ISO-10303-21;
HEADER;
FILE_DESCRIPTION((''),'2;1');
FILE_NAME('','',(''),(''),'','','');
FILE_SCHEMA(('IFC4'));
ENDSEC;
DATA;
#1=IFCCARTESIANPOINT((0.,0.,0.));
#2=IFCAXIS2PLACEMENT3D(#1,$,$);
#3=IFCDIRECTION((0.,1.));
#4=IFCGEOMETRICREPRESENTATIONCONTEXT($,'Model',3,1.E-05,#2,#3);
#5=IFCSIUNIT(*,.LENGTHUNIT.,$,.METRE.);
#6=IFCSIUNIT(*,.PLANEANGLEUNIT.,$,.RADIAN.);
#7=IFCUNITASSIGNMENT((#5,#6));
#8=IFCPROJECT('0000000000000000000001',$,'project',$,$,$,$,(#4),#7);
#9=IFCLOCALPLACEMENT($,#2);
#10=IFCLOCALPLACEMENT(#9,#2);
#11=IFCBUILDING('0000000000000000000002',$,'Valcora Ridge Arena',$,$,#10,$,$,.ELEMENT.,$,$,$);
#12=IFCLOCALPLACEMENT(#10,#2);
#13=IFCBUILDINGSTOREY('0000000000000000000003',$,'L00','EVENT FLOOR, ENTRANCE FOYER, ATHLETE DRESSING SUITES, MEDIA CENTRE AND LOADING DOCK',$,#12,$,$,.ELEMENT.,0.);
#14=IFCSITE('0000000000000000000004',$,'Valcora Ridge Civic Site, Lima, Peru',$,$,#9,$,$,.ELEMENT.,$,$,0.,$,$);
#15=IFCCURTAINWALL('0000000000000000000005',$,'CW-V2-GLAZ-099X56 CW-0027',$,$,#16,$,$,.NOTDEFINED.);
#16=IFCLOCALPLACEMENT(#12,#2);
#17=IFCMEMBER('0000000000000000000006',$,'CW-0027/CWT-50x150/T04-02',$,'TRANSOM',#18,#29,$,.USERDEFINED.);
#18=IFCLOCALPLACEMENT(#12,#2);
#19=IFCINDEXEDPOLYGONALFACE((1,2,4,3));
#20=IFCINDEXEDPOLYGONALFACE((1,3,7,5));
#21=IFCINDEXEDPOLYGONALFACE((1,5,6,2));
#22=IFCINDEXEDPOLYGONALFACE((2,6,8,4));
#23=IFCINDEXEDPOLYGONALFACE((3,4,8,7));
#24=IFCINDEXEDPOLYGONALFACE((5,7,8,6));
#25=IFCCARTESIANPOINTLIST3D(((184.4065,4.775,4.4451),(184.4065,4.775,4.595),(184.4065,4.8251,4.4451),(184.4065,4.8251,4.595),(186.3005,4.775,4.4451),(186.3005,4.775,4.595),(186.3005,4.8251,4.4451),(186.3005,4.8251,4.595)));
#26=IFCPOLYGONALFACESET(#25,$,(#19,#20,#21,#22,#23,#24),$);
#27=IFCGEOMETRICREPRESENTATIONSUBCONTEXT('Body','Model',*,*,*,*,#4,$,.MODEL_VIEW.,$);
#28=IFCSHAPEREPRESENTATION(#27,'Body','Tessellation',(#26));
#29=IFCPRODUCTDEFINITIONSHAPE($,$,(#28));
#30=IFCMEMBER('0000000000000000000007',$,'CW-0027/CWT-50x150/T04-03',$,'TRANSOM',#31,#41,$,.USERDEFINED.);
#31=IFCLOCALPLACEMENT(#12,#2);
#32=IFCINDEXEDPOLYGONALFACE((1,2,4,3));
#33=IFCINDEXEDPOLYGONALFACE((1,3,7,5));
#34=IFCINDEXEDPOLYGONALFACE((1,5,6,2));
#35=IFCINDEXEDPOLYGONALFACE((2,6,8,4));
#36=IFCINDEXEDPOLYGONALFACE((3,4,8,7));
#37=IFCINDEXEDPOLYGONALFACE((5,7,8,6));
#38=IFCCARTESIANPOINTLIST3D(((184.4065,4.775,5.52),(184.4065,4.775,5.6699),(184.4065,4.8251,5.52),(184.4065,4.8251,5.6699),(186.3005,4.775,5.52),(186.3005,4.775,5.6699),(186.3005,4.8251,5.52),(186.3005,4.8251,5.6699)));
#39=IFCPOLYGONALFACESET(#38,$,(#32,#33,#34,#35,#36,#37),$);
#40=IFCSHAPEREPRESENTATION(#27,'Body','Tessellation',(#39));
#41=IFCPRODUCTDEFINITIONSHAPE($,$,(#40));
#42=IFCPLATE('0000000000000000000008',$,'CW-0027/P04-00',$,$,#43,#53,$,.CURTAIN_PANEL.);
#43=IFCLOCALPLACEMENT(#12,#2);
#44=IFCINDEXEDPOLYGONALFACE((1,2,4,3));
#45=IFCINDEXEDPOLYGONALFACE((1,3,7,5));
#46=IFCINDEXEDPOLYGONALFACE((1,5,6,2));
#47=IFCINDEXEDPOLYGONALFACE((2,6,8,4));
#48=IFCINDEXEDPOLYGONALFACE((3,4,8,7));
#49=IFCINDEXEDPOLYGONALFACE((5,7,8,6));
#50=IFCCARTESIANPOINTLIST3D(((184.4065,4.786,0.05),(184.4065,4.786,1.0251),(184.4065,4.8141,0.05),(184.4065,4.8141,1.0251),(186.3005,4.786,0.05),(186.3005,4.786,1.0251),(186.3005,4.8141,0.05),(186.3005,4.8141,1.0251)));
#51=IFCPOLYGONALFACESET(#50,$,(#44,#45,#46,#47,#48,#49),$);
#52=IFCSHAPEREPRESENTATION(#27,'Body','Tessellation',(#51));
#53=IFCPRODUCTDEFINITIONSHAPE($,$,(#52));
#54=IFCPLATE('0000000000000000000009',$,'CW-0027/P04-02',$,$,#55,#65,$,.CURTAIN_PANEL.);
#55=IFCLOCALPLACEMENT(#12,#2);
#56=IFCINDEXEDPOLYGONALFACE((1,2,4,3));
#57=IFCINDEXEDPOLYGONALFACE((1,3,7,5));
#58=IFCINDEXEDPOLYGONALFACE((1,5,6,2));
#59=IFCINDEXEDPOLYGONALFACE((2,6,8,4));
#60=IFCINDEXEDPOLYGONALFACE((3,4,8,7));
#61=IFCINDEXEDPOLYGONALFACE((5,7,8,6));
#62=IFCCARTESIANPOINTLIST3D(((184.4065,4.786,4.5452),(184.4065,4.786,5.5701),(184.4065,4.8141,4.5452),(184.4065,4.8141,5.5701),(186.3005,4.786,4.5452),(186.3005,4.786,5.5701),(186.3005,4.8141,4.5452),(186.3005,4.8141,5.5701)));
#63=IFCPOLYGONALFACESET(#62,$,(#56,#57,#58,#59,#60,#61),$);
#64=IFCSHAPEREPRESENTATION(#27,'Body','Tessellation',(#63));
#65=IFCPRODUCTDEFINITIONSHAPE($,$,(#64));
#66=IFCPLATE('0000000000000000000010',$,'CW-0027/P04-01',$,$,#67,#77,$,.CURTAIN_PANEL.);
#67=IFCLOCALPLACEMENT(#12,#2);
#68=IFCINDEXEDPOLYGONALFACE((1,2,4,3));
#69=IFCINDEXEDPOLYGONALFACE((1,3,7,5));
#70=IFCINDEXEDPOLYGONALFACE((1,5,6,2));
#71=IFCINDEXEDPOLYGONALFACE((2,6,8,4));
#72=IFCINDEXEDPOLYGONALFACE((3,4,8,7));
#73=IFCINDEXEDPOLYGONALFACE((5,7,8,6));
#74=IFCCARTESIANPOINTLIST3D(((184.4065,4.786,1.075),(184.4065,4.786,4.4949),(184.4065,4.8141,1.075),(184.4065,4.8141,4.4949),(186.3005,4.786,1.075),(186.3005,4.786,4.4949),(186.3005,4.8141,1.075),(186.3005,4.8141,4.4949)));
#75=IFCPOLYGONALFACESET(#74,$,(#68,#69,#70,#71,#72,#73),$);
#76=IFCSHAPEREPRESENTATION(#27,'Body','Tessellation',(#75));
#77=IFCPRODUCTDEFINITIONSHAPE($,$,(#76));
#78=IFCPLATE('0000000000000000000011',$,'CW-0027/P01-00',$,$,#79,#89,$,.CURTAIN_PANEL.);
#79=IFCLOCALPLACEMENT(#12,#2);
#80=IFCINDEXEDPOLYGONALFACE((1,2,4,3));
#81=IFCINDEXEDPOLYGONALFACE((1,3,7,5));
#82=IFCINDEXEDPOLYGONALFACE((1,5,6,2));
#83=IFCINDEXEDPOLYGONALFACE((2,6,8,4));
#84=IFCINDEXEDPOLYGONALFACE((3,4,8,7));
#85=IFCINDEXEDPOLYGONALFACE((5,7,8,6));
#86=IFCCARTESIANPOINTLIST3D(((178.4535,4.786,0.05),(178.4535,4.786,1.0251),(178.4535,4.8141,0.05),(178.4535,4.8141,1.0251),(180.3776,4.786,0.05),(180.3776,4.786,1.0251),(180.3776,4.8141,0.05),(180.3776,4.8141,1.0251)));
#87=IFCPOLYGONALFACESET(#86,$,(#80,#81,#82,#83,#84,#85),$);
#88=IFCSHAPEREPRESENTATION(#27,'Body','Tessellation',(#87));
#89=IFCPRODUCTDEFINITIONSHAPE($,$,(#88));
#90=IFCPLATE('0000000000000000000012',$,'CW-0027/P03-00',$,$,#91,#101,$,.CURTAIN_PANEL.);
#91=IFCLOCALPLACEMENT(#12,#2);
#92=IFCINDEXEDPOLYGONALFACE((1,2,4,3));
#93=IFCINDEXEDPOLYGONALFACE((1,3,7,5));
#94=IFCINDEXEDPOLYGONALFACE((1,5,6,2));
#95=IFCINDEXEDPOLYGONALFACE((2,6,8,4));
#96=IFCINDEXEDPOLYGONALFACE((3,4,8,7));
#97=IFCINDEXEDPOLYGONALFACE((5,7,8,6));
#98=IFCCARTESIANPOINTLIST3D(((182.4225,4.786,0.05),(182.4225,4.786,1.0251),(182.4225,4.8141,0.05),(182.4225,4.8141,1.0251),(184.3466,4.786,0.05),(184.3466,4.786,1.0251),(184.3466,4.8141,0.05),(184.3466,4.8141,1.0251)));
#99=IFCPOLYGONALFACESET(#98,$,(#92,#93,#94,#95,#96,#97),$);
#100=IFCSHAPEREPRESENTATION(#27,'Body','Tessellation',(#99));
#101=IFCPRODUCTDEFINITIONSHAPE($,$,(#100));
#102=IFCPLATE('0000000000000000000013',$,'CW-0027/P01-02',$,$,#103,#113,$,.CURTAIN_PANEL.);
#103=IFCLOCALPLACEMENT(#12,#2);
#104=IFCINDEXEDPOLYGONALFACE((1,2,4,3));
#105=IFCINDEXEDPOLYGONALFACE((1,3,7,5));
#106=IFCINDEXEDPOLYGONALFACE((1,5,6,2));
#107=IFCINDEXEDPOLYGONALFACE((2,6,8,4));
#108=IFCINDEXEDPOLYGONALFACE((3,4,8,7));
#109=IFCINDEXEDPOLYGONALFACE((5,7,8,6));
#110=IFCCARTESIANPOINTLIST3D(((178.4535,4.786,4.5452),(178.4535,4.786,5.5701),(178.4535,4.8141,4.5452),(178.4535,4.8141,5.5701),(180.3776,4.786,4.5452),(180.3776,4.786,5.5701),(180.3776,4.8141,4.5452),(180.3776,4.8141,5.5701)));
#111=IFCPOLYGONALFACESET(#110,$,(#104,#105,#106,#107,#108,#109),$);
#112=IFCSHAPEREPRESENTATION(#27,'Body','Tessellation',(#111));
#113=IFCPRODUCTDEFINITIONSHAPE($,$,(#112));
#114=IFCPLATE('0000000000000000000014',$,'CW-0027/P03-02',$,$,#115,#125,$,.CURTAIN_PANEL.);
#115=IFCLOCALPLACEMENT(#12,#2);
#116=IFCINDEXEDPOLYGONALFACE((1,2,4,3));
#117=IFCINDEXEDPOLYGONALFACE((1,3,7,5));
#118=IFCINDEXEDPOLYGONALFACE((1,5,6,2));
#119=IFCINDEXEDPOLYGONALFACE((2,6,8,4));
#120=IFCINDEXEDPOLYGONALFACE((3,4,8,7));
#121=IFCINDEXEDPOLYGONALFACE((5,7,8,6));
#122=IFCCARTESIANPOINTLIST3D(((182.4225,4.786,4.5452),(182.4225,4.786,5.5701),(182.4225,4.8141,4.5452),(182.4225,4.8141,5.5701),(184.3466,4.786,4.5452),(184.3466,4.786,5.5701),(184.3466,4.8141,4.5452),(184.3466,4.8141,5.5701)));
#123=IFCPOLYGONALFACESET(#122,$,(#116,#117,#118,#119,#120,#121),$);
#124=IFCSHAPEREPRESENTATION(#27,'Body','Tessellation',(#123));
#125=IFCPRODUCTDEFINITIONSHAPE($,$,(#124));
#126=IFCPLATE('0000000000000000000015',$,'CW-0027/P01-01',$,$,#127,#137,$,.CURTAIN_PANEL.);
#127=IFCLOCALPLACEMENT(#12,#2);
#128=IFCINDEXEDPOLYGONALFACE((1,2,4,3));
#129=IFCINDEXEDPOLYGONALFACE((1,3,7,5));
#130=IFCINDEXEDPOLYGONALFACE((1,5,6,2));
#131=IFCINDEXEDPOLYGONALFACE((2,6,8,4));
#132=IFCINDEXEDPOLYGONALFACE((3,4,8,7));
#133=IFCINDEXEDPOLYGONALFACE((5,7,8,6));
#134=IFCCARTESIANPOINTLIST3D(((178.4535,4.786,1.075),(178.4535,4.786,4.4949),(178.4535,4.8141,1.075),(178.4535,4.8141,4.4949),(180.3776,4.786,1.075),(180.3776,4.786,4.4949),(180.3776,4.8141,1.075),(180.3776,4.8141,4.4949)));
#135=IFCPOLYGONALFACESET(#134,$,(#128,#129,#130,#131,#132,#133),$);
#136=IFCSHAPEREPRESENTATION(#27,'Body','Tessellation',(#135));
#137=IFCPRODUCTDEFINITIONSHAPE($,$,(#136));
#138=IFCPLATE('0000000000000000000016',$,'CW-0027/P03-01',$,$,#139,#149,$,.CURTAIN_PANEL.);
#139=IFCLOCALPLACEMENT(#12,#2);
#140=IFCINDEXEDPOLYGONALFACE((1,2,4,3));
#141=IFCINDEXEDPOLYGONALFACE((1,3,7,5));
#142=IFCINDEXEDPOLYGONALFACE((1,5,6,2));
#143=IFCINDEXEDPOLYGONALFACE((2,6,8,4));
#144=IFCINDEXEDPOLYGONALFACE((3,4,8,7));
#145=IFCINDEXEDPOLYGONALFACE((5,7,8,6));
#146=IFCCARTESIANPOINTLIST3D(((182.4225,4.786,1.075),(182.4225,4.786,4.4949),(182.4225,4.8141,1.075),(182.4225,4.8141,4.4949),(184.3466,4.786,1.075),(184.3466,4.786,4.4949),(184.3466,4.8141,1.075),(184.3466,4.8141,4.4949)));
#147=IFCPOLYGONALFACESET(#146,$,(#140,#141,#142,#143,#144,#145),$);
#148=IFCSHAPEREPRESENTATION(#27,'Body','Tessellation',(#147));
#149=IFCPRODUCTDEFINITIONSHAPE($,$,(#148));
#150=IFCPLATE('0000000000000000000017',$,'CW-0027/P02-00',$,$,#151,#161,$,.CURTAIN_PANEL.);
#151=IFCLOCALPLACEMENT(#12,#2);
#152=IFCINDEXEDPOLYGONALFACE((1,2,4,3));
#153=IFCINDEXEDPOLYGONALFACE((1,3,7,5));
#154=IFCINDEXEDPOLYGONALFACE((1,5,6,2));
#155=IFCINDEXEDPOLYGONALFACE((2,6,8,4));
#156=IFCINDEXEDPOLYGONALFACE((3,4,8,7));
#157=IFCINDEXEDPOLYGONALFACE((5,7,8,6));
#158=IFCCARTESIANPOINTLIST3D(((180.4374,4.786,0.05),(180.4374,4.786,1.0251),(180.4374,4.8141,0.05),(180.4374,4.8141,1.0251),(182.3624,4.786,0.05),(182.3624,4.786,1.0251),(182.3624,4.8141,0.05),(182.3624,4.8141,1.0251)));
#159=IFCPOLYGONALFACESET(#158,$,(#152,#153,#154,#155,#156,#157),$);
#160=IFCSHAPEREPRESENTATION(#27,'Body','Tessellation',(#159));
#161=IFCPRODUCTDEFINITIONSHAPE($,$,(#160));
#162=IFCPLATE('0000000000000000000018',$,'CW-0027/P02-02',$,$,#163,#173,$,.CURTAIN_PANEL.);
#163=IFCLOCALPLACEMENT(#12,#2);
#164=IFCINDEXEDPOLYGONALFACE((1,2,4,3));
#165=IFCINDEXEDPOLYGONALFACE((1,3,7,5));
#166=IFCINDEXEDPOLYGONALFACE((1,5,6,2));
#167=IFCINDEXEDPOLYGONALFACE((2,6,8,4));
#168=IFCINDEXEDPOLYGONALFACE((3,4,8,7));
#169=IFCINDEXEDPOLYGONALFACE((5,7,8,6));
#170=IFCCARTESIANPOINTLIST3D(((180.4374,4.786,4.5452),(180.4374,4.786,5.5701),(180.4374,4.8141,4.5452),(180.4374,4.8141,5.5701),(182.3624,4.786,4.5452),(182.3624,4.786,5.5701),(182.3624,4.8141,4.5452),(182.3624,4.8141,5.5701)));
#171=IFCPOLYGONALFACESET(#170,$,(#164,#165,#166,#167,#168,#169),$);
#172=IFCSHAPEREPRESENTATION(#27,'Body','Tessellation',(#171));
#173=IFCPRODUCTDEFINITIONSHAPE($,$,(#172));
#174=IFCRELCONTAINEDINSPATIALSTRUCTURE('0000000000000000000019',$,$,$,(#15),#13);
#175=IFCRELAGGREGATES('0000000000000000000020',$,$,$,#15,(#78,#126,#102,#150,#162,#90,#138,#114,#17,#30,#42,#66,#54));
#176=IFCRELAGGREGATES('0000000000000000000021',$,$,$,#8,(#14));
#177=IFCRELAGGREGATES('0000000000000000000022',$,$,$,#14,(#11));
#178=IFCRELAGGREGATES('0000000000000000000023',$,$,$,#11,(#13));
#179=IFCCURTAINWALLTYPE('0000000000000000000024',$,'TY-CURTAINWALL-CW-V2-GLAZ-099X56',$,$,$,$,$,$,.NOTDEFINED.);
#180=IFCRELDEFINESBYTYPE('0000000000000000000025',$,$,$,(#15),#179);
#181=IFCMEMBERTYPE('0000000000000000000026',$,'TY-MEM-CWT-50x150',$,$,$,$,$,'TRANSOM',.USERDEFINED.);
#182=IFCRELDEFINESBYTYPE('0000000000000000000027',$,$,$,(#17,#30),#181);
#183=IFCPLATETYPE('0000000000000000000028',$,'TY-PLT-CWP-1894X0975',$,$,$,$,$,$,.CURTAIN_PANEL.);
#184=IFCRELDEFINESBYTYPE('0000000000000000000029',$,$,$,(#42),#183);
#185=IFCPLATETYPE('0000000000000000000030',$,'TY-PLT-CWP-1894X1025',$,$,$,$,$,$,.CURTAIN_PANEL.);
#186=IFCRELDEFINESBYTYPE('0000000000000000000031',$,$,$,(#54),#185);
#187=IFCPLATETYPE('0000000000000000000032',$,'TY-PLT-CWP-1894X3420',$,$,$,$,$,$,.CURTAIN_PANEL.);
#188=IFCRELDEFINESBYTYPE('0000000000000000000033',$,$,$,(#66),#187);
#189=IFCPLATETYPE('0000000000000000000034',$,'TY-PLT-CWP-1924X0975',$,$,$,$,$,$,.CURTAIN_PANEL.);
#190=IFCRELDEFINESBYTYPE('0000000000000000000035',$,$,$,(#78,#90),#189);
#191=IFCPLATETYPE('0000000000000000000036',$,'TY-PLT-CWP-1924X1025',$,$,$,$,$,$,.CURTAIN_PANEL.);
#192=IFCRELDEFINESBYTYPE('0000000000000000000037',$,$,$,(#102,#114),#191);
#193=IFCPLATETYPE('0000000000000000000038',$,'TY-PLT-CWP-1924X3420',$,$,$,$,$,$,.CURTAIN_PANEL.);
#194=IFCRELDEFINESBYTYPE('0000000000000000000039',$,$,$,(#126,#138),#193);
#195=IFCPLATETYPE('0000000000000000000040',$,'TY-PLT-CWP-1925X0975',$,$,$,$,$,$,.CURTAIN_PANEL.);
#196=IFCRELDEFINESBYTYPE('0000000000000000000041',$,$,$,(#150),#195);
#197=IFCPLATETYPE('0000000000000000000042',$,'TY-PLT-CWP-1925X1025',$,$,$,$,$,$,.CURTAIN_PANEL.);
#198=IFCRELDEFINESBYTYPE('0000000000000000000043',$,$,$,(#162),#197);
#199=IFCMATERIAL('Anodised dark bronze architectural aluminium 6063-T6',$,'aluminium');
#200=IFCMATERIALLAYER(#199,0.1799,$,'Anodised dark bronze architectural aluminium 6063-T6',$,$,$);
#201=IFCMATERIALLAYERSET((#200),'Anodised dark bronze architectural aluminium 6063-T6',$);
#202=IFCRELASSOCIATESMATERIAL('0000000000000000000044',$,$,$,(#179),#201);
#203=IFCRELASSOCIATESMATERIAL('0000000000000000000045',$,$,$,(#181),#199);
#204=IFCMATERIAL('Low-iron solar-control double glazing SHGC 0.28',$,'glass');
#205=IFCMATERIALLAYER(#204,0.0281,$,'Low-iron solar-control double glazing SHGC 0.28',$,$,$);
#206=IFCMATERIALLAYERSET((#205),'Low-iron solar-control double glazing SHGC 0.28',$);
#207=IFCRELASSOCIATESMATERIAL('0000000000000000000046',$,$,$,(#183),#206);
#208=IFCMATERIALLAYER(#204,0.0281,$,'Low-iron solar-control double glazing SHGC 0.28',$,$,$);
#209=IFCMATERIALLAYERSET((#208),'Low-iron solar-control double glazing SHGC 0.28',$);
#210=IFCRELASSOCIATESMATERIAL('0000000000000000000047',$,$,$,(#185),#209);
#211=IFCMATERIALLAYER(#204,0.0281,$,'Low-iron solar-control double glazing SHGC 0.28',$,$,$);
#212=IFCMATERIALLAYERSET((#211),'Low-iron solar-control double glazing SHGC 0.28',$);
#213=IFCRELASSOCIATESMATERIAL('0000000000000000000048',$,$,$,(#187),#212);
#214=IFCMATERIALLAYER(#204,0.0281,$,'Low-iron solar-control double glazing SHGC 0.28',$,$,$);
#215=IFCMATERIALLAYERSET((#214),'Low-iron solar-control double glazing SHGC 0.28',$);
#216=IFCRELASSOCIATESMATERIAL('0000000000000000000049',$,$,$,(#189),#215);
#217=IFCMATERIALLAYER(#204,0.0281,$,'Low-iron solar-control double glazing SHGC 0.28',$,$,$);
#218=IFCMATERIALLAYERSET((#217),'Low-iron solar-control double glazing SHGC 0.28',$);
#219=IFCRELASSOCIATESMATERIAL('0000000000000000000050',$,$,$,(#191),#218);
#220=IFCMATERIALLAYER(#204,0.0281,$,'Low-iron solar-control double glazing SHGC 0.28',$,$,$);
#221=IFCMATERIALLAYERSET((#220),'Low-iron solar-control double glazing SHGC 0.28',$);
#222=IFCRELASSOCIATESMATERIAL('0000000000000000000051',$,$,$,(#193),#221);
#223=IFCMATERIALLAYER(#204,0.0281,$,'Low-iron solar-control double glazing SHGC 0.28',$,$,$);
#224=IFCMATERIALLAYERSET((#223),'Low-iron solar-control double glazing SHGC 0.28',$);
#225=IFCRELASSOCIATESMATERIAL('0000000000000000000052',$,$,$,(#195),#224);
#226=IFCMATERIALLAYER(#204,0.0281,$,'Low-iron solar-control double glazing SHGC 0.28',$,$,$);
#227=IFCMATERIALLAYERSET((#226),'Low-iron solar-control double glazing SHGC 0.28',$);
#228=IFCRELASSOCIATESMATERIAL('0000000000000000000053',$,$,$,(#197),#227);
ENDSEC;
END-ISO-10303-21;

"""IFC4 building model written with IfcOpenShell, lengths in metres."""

from ifc_helpers import new_model, si_unit, direction, frame, origin, origin_2d, place, context, subcontext, project, spatial, rectangle, extrude, material, layer, layer_set, material_profile, profile_set, type_object, element, aggregate, save


model = new_model("IFC4")

# Units and contexts
model_context = context("Model", 3, precision=1e-05, world=origin(), true_north=direction((0.0, 1.0)))
body_context = subcontext(model_context, "Body", "Model", "MODEL_VIEW")
ifc_project = project(units=[si_unit("LENGTHUNIT", "METRE"), si_unit("PLANEANGLEUNIT", "RADIAN")], contexts=[model_context])

# Site, building, storey
site_placement = place(None, origin())
site = spatial("IfcSite", under=ifc_project, at=site_placement, Name="Valcora Ridge Civic Site, Lima, Peru", CompositionType="ELEMENT", RefElevation=0.0)
building_placement = place(site_placement, origin())
building = spatial("IfcBuilding", under=site, at=building_placement, Name="Valcora Ridge Arena", CompositionType="ELEMENT")
storey_placement = place(building_placement, origin())
storey = spatial("IfcBuildingStorey", under=building, at=storey_placement, Name="L00", Description="EVENT FLOOR, ENTRANCE FOYER, ATHLETE DRESSING SUITES, MEDIA CENTRE AND LOADING DOCK", CompositionType="ELEMENT", Elevation=0.0)

# Curtain wall, members, plates
ifc_material_1 = material(Name="Anodised dark bronze architectural aluminium 6063-T6", Category="aluminium")
ifc_layer_1 = layer(ifc_material_1, 0.1799, Name="Anodised dark bronze architectural aluminium 6063-T6")
ifc_layer_set_1 = layer_set([ifc_layer_1], Name="Anodised dark bronze architectural aluminium 6063-T6")
curtain_wall_type = type_object("IfcCurtainWallType", Name="TY-CURTAINWALL-CW-V2-GLAZ-099X56", PredefinedType="NOTDEFINED", material=ifc_layer_set_1)
curtain_wall_placement = place(storey_placement, origin())
curtain_wall = element("IfcCurtainWall", 1, at=curtain_wall_placement, inside=storey, type_object=curtain_wall_type, Name="CW-V2-GLAZ-099X56 CW-0027", PredefinedType="NOTDEFINED")
ifc_material_profile_1 = material_profile(ifc_material_1, rectangle(XDim=0.05, YDim=0.1499, at=origin_2d()), Name="ALU TRANSOM 50x150")
ifc_profile_set_1 = profile_set([ifc_material_profile_1], Name="Anodised dark bronze architectural aluminium 6063-T6")
member_type_1 = type_object("IfcMemberType", Name="TY-MEM-CWT-50x150", ElementType="TRANSOM", PredefinedType="USERDEFINED", material=ifc_profile_set_1)
member_1_placement = place(storey_placement, frame((184.4065, 4.8, 4.52), z_axis=(1.0, 0.0, 0.0), x_axis=(0.0, 1.0, 0.0)))
member_1 = element("IfcMember", 2, at=member_1_placement, type_object=member_type_1, Name="CW-0027/CWT-50x150/T04-02", ObjectType="TRANSOM", PredefinedType="USERDEFINED", context=body_context, shape_type="SweptSolid", body=[
    extrude(rectangle(XDim=0.05, YDim=0.1499, at=origin_2d()), origin(), (0.0, 0.0, 1.0), 1.894),
])
member_2_placement = place(storey_placement, frame((184.4065, 4.8, 5.595), z_axis=(1.0, 0.0, 0.0), x_axis=(0.0, 1.0, 0.0)))
member_2 = element("IfcMember", 3, at=member_2_placement, type_object=member_type_1, Name="CW-0027/CWT-50x150/T04-03", ObjectType="TRANSOM", PredefinedType="USERDEFINED", context=body_context, shape_type="SweptSolid", body=[
    extrude(rectangle(XDim=0.05, YDim=0.1499, at=origin_2d()), origin(), (0.0, 0.0, 1.0), 1.894),
])
ifc_material_2 = material(Name="Low-iron solar-control double glazing SHGC 0.28", Category="glass")
ifc_layer_2 = layer(ifc_material_2, 0.0281, Name="Low-iron solar-control double glazing SHGC 0.28")
ifc_layer_set_2 = layer_set([ifc_layer_2], Name="Low-iron solar-control double glazing SHGC 0.28")
plate_type_1 = type_object("IfcPlateType", Name="TY-PLT-CWP-1894X0975", PredefinedType="CURTAIN_PANEL", material=ifc_layer_set_2)
plate_1_placement = place(storey_placement, frame((185.3535, 4.8, 0.05), z_axis=(0.0, 0.0, 1.0), x_axis=(1.0, 0.0, 0.0)))
plate_1 = element("IfcPlate", 4, at=plate_1_placement, type_object=plate_type_1, Name="CW-0027/P04-00", PredefinedType="CURTAIN_PANEL", context=body_context, shape_type="SweptSolid", body=[
    extrude(rectangle(XDim=1.894, YDim=0.0281, at=origin_2d()), origin(), (0.0, 0.0, 1.0), 0.9751),
])
ifc_layer_3 = layer(ifc_material_2, 0.0281, Name="Low-iron solar-control double glazing SHGC 0.28")
ifc_layer_set_3 = layer_set([ifc_layer_3], Name="Low-iron solar-control double glazing SHGC 0.28")
plate_type_2 = type_object("IfcPlateType", Name="TY-PLT-CWP-1894X1025", PredefinedType="CURTAIN_PANEL", material=ifc_layer_set_3)
plate_2_placement = place(storey_placement, frame((185.3535, 4.8, 4.5452), z_axis=(0.0, 0.0, 1.0), x_axis=(1.0, 0.0, 0.0)))
plate_2 = element("IfcPlate", 5, at=plate_2_placement, type_object=plate_type_2, Name="CW-0027/P04-02", PredefinedType="CURTAIN_PANEL", context=body_context, shape_type="SweptSolid", body=[
    extrude(rectangle(XDim=1.894, YDim=0.0281, at=origin_2d()), origin(), (0.0, 0.0, 1.0), 1.0249),
])
ifc_layer_4 = layer(ifc_material_2, 0.0281, Name="Low-iron solar-control double glazing SHGC 0.28")
ifc_layer_set_4 = layer_set([ifc_layer_4], Name="Low-iron solar-control double glazing SHGC 0.28")
plate_type_3 = type_object("IfcPlateType", Name="TY-PLT-CWP-1894X3420", PredefinedType="CURTAIN_PANEL", material=ifc_layer_set_4)
plate_3_placement = place(storey_placement, frame((185.3535, 4.8, 1.075), z_axis=(0.0, 0.0, 1.0), x_axis=(1.0, 0.0, 0.0)))
plate_3 = element("IfcPlate", 6, at=plate_3_placement, type_object=plate_type_3, Name="CW-0027/P04-01", PredefinedType="CURTAIN_PANEL", context=body_context, shape_type="SweptSolid", body=[
    extrude(rectangle(XDim=1.894, YDim=0.0281, at=origin_2d()), origin(), (0.0, 0.0, 1.0), 3.4199),
])
ifc_layer_5 = layer(ifc_material_2, 0.0281, Name="Low-iron solar-control double glazing SHGC 0.28")
ifc_layer_set_5 = layer_set([ifc_layer_5], Name="Low-iron solar-control double glazing SHGC 0.28")
plate_type_4 = type_object("IfcPlateType", Name="TY-PLT-CWP-1924X0975", PredefinedType="CURTAIN_PANEL", material=ifc_layer_set_5)
plate_4_placement = place(storey_placement, frame((179.4155, 4.8, 0.05), z_axis=(0.0, 0.0, 1.0), x_axis=(1.0, 0.0, 0.0)))
plate_4 = element("IfcPlate", 7, at=plate_4_placement, type_object=plate_type_4, Name="CW-0027/P01-00", PredefinedType="CURTAIN_PANEL", context=body_context, shape_type="SweptSolid", body=[
    extrude(rectangle(XDim=1.9241, YDim=0.0281, at=origin_2d()), origin(), (0.0, 0.0, 1.0), 0.9751),
])
plate_5_placement = place(storey_placement, frame((183.3845, 4.8, 0.05), z_axis=(0.0, 0.0, 1.0), x_axis=(1.0, 0.0, 0.0)))
plate_5 = element("IfcPlate", 8, at=plate_5_placement, type_object=plate_type_4, Name="CW-0027/P03-00", PredefinedType="CURTAIN_PANEL", context=body_context, shape_type="SweptSolid", body=[
    extrude(rectangle(XDim=1.9241, YDim=0.0281, at=origin_2d()), origin(), (0.0, 0.0, 1.0), 0.9751),
])
ifc_layer_6 = layer(ifc_material_2, 0.0281, Name="Low-iron solar-control double glazing SHGC 0.28")
ifc_layer_set_6 = layer_set([ifc_layer_6], Name="Low-iron solar-control double glazing SHGC 0.28")
plate_type_5 = type_object("IfcPlateType", Name="TY-PLT-CWP-1924X1025", PredefinedType="CURTAIN_PANEL", material=ifc_layer_set_6)
plate_6_placement = place(storey_placement, frame((179.4155, 4.8, 4.5452), z_axis=(0.0, 0.0, 1.0), x_axis=(1.0, 0.0, 0.0)))
plate_6 = element("IfcPlate", 9, at=plate_6_placement, type_object=plate_type_5, Name="CW-0027/P01-02", PredefinedType="CURTAIN_PANEL", context=body_context, shape_type="SweptSolid", body=[
    extrude(rectangle(XDim=1.9241, YDim=0.0281, at=origin_2d()), origin(), (0.0, 0.0, 1.0), 1.0249),
])
plate_7_placement = place(storey_placement, frame((183.3845, 4.8, 4.5452), z_axis=(0.0, 0.0, 1.0), x_axis=(1.0, 0.0, 0.0)))
plate_7 = element("IfcPlate", 10, at=plate_7_placement, type_object=plate_type_5, Name="CW-0027/P03-02", PredefinedType="CURTAIN_PANEL", context=body_context, shape_type="SweptSolid", body=[
    extrude(rectangle(XDim=1.9241, YDim=0.0281, at=origin_2d()), origin(), (0.0, 0.0, 1.0), 1.0249),
])
ifc_layer_7 = layer(ifc_material_2, 0.0281, Name="Low-iron solar-control double glazing SHGC 0.28")
ifc_layer_set_7 = layer_set([ifc_layer_7], Name="Low-iron solar-control double glazing SHGC 0.28")
plate_type_6 = type_object("IfcPlateType", Name="TY-PLT-CWP-1924X3420", PredefinedType="CURTAIN_PANEL", material=ifc_layer_set_7)
plate_8_placement = place(storey_placement, frame((179.4155, 4.8, 1.075), z_axis=(0.0, 0.0, 1.0), x_axis=(1.0, 0.0, 0.0)))
plate_8 = element("IfcPlate", 11, at=plate_8_placement, type_object=plate_type_6, Name="CW-0027/P01-01", PredefinedType="CURTAIN_PANEL", context=body_context, shape_type="SweptSolid", body=[
    extrude(rectangle(XDim=1.9241, YDim=0.0281, at=origin_2d()), origin(), (0.0, 0.0, 1.0), 3.4199),
])
plate_9_placement = place(storey_placement, frame((183.3845, 4.8, 1.075), z_axis=(0.0, 0.0, 1.0), x_axis=(1.0, 0.0, 0.0)))
plate_9 = element("IfcPlate", 12, at=plate_9_placement, type_object=plate_type_6, Name="CW-0027/P03-01", PredefinedType="CURTAIN_PANEL", context=body_context, shape_type="SweptSolid", body=[
    extrude(rectangle(XDim=1.9241, YDim=0.0281, at=origin_2d()), origin(), (0.0, 0.0, 1.0), 3.4199),
])
ifc_layer_8 = layer(ifc_material_2, 0.0281, Name="Low-iron solar-control double glazing SHGC 0.28")
ifc_layer_set_8 = layer_set([ifc_layer_8], Name="Low-iron solar-control double glazing SHGC 0.28")
plate_type_7 = type_object("IfcPlateType", Name="TY-PLT-CWP-1925X0975", PredefinedType="CURTAIN_PANEL", material=ifc_layer_set_8)
plate_10_placement = place(storey_placement, frame((181.3999, 4.8, 0.05), z_axis=(0.0, 0.0, 1.0), x_axis=(1.0, 0.0, 0.0)))
plate_10 = element("IfcPlate", 13, at=plate_10_placement, type_object=plate_type_7, Name="CW-0027/P02-00", PredefinedType="CURTAIN_PANEL", context=body_context, shape_type="SweptSolid", body=[
    extrude(rectangle(XDim=1.925, YDim=0.0281, at=origin_2d()), origin(), (0.0, 0.0, 1.0), 0.9751),
])
ifc_layer_9 = layer(ifc_material_2, 0.0281, Name="Low-iron solar-control double glazing SHGC 0.28")
ifc_layer_set_9 = layer_set([ifc_layer_9], Name="Low-iron solar-control double glazing SHGC 0.28")
plate_type_8 = type_object("IfcPlateType", Name="TY-PLT-CWP-1925X1025", PredefinedType="CURTAIN_PANEL", material=ifc_layer_set_9)
plate_11_placement = place(storey_placement, frame((181.3999, 4.8, 4.5452), z_axis=(0.0, 0.0, 1.0), x_axis=(1.0, 0.0, 0.0)))
plate_11 = element("IfcPlate", 14, at=plate_11_placement, type_object=plate_type_8, Name="CW-0027/P02-02", PredefinedType="CURTAIN_PANEL", context=body_context, shape_type="SweptSolid", body=[
    extrude(rectangle(XDim=1.925, YDim=0.0281, at=origin_2d()), origin(), (0.0, 0.0, 1.0), 1.0249),
])
aggregate(curtain_wall, [plate_4, plate_8, plate_6, plate_10, plate_11, plate_5, plate_9, plate_7, member_1, member_2, plate_1, plate_3, plate_2])

save(model, "model.ifc")
